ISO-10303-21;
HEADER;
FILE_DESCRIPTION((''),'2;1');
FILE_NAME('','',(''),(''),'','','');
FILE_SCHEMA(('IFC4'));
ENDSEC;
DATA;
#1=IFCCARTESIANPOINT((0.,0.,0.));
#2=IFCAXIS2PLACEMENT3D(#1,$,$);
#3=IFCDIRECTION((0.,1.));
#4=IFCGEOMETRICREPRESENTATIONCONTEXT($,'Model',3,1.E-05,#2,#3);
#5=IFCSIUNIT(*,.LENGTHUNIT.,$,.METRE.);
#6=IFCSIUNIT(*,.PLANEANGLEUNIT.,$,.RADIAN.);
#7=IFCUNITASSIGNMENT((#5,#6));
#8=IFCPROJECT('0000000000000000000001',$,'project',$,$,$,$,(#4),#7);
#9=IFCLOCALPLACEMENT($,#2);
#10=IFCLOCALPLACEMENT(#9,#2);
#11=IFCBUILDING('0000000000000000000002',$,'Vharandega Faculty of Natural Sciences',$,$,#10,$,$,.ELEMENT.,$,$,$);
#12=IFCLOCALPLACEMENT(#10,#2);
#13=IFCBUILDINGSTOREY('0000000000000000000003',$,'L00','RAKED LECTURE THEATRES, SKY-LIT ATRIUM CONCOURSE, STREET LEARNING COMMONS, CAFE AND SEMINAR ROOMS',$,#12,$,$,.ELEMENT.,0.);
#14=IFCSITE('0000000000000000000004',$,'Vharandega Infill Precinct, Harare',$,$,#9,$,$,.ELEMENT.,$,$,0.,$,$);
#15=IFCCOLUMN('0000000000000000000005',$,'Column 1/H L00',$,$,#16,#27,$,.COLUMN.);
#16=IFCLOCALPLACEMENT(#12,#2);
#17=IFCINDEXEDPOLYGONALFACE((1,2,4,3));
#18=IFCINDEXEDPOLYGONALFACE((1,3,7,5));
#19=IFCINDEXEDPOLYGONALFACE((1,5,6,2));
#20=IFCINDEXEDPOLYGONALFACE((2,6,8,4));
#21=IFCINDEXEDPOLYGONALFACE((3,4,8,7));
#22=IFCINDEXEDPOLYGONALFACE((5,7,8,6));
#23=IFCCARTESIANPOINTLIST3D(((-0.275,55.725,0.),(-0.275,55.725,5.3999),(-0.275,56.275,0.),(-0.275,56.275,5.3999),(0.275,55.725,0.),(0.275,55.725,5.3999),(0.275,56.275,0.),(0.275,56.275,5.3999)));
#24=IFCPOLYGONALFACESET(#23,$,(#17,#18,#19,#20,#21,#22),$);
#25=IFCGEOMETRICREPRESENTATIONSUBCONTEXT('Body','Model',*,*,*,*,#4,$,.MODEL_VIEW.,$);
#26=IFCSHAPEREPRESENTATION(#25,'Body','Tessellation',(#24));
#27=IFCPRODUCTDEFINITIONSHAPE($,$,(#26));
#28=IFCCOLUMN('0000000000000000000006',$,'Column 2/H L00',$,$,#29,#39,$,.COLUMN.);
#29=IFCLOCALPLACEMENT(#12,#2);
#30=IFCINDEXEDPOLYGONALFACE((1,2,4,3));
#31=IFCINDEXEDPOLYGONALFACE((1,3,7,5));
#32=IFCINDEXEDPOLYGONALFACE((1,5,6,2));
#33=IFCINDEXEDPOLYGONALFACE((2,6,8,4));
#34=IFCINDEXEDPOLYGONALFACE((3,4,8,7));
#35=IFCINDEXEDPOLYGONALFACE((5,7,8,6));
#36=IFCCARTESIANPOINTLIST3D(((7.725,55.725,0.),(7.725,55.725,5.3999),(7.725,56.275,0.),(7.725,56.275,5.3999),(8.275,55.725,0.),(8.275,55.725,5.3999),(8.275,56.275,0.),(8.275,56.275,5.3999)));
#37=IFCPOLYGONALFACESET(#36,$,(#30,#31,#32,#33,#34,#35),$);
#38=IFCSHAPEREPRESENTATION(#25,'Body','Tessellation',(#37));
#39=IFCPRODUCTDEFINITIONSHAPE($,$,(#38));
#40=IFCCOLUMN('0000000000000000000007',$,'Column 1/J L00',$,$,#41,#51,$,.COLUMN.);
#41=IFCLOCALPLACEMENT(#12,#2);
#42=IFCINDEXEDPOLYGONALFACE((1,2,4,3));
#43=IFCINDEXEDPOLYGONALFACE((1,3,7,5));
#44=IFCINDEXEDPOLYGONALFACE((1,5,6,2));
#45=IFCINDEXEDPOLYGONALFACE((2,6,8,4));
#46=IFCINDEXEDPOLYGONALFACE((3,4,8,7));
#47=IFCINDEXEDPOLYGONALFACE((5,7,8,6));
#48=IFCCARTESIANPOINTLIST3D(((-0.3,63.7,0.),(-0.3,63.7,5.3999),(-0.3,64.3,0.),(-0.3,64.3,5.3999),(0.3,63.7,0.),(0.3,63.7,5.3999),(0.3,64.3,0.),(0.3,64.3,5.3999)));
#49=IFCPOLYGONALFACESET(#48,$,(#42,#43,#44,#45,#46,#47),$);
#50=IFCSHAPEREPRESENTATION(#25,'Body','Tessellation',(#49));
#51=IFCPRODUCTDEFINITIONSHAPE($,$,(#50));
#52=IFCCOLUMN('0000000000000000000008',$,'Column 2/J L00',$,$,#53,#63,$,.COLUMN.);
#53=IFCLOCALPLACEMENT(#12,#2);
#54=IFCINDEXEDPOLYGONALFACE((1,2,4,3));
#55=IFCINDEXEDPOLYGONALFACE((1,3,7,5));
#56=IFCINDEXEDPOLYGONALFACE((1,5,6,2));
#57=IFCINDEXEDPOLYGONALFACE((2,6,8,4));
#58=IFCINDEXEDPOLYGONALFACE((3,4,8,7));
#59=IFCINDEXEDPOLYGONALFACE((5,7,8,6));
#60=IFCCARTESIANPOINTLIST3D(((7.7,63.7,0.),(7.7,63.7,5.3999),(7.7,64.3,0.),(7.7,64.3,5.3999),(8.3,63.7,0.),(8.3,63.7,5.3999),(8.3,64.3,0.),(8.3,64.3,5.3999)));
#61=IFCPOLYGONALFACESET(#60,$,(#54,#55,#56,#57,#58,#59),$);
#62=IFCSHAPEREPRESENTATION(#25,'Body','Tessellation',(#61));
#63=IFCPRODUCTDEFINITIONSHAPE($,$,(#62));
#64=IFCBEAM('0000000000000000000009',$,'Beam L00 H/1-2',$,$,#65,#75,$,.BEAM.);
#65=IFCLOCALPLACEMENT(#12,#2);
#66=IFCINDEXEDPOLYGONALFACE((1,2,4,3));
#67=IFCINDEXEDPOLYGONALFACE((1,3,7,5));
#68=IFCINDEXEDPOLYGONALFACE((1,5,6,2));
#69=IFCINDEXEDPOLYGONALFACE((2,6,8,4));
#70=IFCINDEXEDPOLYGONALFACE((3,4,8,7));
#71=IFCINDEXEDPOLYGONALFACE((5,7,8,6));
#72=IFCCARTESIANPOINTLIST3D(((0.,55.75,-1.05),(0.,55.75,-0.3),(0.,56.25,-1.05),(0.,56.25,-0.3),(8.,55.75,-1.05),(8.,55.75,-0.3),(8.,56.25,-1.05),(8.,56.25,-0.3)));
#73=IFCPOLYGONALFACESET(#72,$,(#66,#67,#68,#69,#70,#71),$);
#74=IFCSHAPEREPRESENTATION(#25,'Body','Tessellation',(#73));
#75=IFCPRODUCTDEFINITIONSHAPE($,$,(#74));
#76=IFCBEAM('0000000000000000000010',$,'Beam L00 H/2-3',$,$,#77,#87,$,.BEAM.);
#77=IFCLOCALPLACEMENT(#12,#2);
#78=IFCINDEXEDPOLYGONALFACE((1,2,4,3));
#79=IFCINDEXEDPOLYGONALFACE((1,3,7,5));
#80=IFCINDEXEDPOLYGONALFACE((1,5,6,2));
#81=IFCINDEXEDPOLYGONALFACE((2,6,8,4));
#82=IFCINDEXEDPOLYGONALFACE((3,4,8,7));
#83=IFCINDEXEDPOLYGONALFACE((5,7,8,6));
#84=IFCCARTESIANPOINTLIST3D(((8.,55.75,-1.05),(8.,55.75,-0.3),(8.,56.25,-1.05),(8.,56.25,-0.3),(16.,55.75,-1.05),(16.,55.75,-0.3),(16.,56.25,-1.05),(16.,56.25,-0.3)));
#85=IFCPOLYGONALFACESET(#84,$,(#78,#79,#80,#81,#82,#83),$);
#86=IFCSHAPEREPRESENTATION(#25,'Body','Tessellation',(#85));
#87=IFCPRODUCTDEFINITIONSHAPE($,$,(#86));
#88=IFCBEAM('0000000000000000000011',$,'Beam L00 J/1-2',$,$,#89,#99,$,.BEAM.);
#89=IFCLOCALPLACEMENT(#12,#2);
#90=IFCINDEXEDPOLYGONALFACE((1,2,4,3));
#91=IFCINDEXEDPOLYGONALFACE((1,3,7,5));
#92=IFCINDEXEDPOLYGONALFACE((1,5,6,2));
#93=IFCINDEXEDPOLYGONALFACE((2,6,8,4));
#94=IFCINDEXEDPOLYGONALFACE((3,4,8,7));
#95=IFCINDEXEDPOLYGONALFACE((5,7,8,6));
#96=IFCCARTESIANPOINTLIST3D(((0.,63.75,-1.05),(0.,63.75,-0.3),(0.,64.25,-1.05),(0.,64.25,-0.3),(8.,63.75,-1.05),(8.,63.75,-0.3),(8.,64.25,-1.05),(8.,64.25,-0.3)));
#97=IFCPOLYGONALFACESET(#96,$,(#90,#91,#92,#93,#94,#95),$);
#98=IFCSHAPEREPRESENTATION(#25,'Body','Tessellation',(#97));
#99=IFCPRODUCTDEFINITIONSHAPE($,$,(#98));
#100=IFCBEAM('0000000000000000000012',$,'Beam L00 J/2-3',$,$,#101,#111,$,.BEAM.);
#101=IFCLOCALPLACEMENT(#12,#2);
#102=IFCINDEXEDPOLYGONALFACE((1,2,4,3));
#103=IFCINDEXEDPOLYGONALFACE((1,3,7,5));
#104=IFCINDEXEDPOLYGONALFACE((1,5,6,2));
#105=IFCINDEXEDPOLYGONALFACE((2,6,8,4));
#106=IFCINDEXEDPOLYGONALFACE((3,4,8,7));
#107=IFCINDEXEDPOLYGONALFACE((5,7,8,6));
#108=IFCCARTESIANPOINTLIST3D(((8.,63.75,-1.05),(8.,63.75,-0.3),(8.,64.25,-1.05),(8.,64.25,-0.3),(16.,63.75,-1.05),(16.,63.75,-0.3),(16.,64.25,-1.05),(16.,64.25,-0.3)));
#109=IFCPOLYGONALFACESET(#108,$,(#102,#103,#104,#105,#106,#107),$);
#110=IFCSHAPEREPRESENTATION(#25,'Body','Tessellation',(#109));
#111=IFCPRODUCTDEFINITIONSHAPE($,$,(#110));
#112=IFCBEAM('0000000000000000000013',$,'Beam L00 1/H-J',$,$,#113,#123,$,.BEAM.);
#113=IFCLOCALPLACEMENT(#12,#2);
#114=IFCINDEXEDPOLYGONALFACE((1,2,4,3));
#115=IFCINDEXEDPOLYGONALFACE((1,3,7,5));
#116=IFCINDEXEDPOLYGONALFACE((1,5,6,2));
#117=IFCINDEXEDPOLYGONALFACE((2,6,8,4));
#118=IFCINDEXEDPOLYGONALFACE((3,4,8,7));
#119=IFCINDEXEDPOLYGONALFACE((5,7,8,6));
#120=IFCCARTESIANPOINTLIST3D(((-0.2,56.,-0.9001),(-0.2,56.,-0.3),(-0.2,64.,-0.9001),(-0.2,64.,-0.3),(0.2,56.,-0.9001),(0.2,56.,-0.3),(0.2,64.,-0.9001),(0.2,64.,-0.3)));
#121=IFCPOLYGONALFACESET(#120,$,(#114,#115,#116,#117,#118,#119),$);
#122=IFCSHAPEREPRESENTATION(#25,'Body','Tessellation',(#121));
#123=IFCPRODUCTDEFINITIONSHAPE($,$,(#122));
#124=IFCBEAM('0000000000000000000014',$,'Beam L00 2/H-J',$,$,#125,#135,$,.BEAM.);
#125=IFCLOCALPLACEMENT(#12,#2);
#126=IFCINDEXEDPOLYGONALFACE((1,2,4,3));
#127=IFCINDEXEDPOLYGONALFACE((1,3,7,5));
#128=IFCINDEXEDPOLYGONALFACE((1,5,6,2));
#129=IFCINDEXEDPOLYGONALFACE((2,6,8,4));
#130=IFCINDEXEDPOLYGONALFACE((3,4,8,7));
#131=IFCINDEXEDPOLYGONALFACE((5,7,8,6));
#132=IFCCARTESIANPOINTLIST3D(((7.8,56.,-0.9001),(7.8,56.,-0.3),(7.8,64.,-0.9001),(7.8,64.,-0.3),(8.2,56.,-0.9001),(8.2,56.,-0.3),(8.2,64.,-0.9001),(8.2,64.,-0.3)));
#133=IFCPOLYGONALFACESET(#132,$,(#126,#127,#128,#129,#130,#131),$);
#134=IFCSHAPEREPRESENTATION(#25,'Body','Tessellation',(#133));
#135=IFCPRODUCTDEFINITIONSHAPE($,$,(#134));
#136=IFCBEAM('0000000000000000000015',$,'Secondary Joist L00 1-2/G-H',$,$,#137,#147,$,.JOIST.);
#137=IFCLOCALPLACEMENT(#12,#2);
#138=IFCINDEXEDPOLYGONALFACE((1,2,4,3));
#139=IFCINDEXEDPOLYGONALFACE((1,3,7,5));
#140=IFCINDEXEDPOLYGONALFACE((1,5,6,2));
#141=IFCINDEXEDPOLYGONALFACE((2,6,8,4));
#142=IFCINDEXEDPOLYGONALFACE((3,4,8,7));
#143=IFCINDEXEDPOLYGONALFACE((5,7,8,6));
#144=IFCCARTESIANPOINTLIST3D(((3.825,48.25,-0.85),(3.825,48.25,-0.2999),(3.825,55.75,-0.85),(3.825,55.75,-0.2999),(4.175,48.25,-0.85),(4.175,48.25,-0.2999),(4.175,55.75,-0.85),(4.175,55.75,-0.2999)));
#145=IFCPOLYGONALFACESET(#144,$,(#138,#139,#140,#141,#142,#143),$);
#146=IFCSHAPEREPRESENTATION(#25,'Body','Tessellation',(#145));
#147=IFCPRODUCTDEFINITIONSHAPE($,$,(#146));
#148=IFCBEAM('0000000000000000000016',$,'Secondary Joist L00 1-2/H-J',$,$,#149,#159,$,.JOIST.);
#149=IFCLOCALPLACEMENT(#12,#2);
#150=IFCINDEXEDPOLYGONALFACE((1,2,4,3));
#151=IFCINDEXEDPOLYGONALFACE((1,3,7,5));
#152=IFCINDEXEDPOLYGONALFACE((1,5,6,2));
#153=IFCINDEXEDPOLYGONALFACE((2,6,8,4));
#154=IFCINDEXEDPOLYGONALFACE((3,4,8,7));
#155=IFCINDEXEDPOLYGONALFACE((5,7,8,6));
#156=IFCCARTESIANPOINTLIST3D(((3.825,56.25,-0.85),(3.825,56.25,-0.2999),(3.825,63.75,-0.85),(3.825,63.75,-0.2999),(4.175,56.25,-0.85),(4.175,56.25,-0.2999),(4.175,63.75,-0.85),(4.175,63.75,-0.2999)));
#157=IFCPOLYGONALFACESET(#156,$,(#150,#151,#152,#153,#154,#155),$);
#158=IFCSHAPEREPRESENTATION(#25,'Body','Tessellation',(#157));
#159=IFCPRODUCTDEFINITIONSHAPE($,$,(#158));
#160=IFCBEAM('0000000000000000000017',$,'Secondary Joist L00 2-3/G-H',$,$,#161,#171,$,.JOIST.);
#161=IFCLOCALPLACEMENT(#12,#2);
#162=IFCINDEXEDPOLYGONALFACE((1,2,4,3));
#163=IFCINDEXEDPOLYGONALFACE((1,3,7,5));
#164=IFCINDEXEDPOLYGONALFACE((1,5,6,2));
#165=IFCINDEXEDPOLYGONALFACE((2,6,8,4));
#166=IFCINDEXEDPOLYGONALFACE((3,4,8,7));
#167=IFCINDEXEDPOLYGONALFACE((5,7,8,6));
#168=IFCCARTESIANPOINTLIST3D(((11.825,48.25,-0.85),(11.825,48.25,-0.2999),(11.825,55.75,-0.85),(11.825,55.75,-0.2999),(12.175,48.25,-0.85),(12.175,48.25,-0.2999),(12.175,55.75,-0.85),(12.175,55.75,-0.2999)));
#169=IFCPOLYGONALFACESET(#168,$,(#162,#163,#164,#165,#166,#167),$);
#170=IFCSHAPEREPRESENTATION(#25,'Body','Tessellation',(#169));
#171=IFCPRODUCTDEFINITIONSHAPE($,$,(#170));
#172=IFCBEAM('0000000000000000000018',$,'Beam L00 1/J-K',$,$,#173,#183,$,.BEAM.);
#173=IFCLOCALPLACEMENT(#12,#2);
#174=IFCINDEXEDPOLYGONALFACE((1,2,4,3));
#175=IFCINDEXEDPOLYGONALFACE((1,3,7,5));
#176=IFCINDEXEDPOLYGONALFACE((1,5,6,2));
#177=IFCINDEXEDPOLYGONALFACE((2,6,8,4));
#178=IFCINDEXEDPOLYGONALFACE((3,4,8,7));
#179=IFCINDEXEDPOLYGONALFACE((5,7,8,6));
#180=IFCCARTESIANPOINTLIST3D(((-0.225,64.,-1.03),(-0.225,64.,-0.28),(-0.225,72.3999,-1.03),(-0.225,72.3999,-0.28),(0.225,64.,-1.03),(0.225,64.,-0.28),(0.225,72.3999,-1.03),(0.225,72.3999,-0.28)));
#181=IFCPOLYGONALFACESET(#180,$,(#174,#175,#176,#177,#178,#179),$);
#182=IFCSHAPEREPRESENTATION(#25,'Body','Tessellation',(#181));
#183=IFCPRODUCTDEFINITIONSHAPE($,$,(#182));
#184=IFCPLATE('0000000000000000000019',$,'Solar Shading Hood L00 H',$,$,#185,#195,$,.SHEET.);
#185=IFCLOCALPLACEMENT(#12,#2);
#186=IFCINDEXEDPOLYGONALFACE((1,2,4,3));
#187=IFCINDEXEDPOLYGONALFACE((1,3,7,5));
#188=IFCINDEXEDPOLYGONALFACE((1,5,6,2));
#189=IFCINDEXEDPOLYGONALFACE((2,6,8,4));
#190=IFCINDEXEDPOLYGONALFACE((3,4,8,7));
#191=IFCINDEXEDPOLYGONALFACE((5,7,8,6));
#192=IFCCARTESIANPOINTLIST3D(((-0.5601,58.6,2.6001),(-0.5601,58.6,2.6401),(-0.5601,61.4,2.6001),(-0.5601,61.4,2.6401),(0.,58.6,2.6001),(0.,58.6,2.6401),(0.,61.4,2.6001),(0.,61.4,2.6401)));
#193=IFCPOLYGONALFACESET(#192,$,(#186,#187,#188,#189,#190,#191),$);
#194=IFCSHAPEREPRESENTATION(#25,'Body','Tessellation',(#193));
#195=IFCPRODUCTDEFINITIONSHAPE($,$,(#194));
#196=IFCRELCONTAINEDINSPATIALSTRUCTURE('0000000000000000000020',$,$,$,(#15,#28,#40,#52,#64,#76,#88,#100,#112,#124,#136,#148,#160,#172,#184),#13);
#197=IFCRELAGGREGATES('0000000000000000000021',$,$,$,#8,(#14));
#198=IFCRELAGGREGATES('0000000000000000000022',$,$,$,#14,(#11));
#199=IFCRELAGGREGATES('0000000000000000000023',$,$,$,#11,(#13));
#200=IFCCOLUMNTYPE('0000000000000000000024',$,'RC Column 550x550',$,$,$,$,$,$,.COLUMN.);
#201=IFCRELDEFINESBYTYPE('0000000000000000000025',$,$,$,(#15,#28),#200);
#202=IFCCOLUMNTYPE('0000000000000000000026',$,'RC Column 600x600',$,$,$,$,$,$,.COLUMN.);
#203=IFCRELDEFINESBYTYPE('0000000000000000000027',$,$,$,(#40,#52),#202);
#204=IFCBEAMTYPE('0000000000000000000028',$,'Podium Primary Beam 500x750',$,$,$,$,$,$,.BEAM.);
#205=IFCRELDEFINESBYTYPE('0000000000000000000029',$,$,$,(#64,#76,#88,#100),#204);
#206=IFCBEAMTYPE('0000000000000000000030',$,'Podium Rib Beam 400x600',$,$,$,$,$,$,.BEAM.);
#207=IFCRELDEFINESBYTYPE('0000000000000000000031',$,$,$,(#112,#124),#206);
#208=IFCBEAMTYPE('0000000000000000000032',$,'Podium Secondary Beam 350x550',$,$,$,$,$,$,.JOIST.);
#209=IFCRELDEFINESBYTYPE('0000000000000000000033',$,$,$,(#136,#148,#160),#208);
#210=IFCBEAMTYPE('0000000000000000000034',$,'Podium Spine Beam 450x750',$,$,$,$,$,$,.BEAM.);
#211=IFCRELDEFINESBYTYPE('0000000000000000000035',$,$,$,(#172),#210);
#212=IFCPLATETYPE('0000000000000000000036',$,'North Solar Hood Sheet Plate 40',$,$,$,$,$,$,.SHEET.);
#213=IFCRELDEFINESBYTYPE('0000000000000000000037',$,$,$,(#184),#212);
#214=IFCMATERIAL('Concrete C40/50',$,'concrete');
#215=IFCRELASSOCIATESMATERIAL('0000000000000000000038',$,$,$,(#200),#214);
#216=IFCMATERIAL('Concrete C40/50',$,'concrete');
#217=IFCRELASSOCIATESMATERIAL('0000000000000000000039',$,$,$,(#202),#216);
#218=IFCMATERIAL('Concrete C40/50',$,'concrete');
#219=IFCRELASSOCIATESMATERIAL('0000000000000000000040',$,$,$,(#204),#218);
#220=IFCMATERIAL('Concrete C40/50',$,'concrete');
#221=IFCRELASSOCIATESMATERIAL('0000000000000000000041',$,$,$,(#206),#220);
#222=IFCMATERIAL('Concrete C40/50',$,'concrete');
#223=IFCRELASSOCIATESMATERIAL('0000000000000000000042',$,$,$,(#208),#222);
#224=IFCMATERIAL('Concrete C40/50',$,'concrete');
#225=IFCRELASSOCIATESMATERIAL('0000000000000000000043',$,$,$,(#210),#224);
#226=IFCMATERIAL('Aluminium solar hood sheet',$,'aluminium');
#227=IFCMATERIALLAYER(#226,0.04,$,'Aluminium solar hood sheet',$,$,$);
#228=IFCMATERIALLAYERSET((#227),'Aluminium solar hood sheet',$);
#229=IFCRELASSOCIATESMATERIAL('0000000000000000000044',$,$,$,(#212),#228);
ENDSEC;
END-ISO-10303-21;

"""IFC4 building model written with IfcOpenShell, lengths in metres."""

from ifc_helpers import new_model, si_unit, direction, frame, origin, origin_2d, place, context, subcontext, project, spatial, rectangle, extrude, material, layer, layer_set, material_profile, profile_set, type_object, element, save


model = new_model("IFC4")

# Units and contexts
model_context = context("Model", 3, precision=1e-05, world=origin(), true_north=direction((0.0, 1.0)))
body_context = subcontext(model_context, "Body", "Model", "MODEL_VIEW")
ifc_project = project(units=[si_unit("LENGTHUNIT", "METRE"), si_unit("PLANEANGLEUNIT", "RADIAN")], contexts=[model_context])

# Site, building, storey
site_placement = place(None, origin())
site = spatial("IfcSite", under=ifc_project, at=site_placement, Name="Vharandega Infill Precinct, Harare", CompositionType="ELEMENT", RefElevation=0.0)
building_placement = place(site_placement, origin())
building = spatial("IfcBuilding", under=site, at=building_placement, Name="Vharandega Faculty of Natural Sciences", CompositionType="ELEMENT")
storey_placement = place(building_placement, origin())
storey = spatial("IfcBuildingStorey", under=building, at=storey_placement, Name="L00", Description="RAKED LECTURE THEATRES, SKY-LIT ATRIUM CONCOURSE, STREET LEARNING COMMONS, CAFE AND SEMINAR ROOMS", CompositionType="ELEMENT", Elevation=0.0)

# Columns
ifc_material_1 = material(Name="Concrete C40/50", Category="concrete")
ifc_material_profile_1 = material_profile(ifc_material_1, rectangle(XDim=0.55, YDim=0.55, at=origin_2d()), Name="RC 550x550")
ifc_profile_set_1 = profile_set([ifc_material_profile_1], Name="Concrete C40/50")
column_type_1 = type_object("IfcColumnType", Name="RC Column 550x550", PredefinedType="COLUMN", material=ifc_profile_set_1)
for number, where, z_axis, x_axis, name in (
    (1, (0.0, 56.0, 0.0), (0.0, 0.0, 1.0), (1.0, 0.0, 0.0), "Column 1/H L00"),
    (2, (8.0, 56.0, 0.0), (0.0, 0.0, 1.0), (1.0, 0.0, 0.0), "Column 2/H L00"),
):
    element("IfcColumn", number, at=place(storey_placement, frame(where, z_axis=z_axis, x_axis=x_axis)), inside=storey, type_object=column_type_1, Name=name, PredefinedType="COLUMN", context=body_context, shape_type="SweptSolid", body=[
        extrude(rectangle(XDim=0.55, YDim=0.55, at=origin_2d()), origin(), (0.0, 0.0, 1.0), 5.3999),
    ])
ifc_material_2 = material(Name="Concrete C40/50", Category="concrete")
ifc_material_profile_2 = material_profile(ifc_material_2, rectangle(XDim=0.6001, YDim=0.6001, at=origin_2d()), Name="RC 600x600")
ifc_profile_set_2 = profile_set([ifc_material_profile_2], Name="Concrete C40/50")
column_type_2 = type_object("IfcColumnType", Name="RC Column 600x600", PredefinedType="COLUMN", material=ifc_profile_set_2)
for number, where, z_axis, x_axis, name in (
    (3, (0.0, 64.0, 0.0), (0.0, 0.0, 1.0), (1.0, 0.0, 0.0), "Column 1/J L00"),
    (4, (8.0, 64.0, 0.0), (0.0, 0.0, 1.0), (1.0, 0.0, 0.0), "Column 2/J L00"),
):
    element("IfcColumn", number, at=place(storey_placement, frame(where, z_axis=z_axis, x_axis=x_axis)), inside=storey, type_object=column_type_2, Name=name, PredefinedType="COLUMN", context=body_context, shape_type="SweptSolid", body=[
        extrude(rectangle(XDim=0.6001, YDim=0.6001, at=origin_2d()), origin(), (0.0, 0.0, 1.0), 5.3999),
    ])

# Beams
ifc_material_3 = material(Name="Concrete C40/50", Category="concrete")
ifc_material_profile_3 = material_profile(ifc_material_3, rectangle(XDim=0.5, YDim=0.75, at=origin_2d()), Name="RC 500x750")
ifc_profile_set_3 = profile_set([ifc_material_profile_3], Name="Concrete C40/50")
beam_type_1 = type_object("IfcBeamType", Name="Podium Primary Beam 500x750", PredefinedType="BEAM", material=ifc_profile_set_3)
for number, where, z_axis, x_axis, name in (
    (5, (0.0, 56.0, -0.675), (1.0, 0.0, 0.0), (0.0, 1.0, 0.0), "Beam L00 H/1-2"),
    (6, (8.0, 56.0, -0.675), (1.0, 0.0, 0.0), (0.0, 1.0, 0.0), "Beam L00 H/2-3"),
    (7, (0.0, 64.0, -0.675), (1.0, 0.0, 0.0), (0.0, 1.0, 0.0), "Beam L00 J/1-2"),
    (8, (8.0, 64.0, -0.675), (1.0, 0.0, 0.0), (0.0, 1.0, 0.0), "Beam L00 J/2-3"),
):
    element("IfcBeam", number, at=place(storey_placement, frame(where, z_axis=z_axis, x_axis=x_axis)), inside=storey, type_object=beam_type_1, Name=name, PredefinedType="BEAM", context=body_context, shape_type="SweptSolid", body=[
        extrude(rectangle(XDim=0.5, YDim=0.75, at=origin_2d()), origin(), (0.0, 0.0, 1.0), 8.0),
    ])
ifc_material_4 = material(Name="Concrete C40/50", Category="concrete")
ifc_material_profile_4 = material_profile(ifc_material_4, rectangle(XDim=0.3999, YDim=0.6001, at=origin_2d()), Name="RC 400x600")
ifc_profile_set_4 = profile_set([ifc_material_profile_4], Name="Concrete C40/50")
beam_type_2 = type_object("IfcBeamType", Name="Podium Rib Beam 400x600", PredefinedType="BEAM", material=ifc_profile_set_4)
for number, where, z_axis, x_axis, name in (
    (9, (0.0, 56.0, -0.6001), (0.0, 1.0, 0.0), (-1.0, 0.0, 0.0), "Beam L00 1/H-J"),
    (10, (8.0, 56.0, -0.6001), (0.0, 1.0, 0.0), (-1.0, 0.0, 0.0), "Beam L00 2/H-J"),
):
    element("IfcBeam", number, at=place(storey_placement, frame(where, z_axis=z_axis, x_axis=x_axis)), inside=storey, type_object=beam_type_2, Name=name, PredefinedType="BEAM", context=body_context, shape_type="SweptSolid", body=[
        extrude(rectangle(XDim=0.3999, YDim=0.6001, at=origin_2d()), origin(), (0.0, 0.0, 1.0), 8.0),
    ])
ifc_material_5 = material(Name="Concrete C40/50", Category="concrete")
ifc_material_profile_5 = material_profile(ifc_material_5, rectangle(XDim=0.3501, YDim=0.55, at=origin_2d()), Name="RC 350x550")
ifc_profile_set_5 = profile_set([ifc_material_profile_5], Name="Concrete C40/50")
beam_type_3 = type_object("IfcBeamType", Name="Podium Secondary Beam 350x550", PredefinedType="JOIST", material=ifc_profile_set_5)
for number, where, z_axis, x_axis, name in (
    (11, (4.0, 48.25, -0.575), (0.0, 1.0, 0.0), (-1.0, 0.0, 0.0), "Secondary Joist L00 1-2/G-H"),
    (12, (4.0, 56.25, -0.575), (0.0, 1.0, 0.0), (-1.0, 0.0, 0.0), "Secondary Joist L00 1-2/H-J"),
    (13, (12.0, 48.25, -0.575), (0.0, 1.0, 0.0), (-1.0, 0.0, 0.0), "Secondary Joist L00 2-3/G-H"),
):
    element("IfcBeam", number, at=place(storey_placement, frame(where, z_axis=z_axis, x_axis=x_axis)), inside=storey, type_object=beam_type_3, Name=name, PredefinedType="JOIST", context=body_context, shape_type="SweptSolid", body=[
        extrude(rectangle(XDim=0.3501, YDim=0.55, at=origin_2d()), origin(), (0.0, 0.0, 1.0), 7.5),
    ])
ifc_material_6 = material(Name="Concrete C40/50", Category="concrete")
ifc_material_profile_6 = material_profile(ifc_material_6, rectangle(XDim=0.45, YDim=0.75, at=origin_2d()), Name="RC 450x750")
ifc_profile_set_6 = profile_set([ifc_material_profile_6], Name="Concrete C40/50")
beam_type_4 = type_object("IfcBeamType", Name="Podium Spine Beam 450x750", PredefinedType="BEAM", material=ifc_profile_set_6)
beam_placement = place(storey_placement, frame((0.0, 64.0, -0.655), z_axis=(0.0, 1.0, 0.0), x_axis=(-1.0, 0.0, 0.0)))
element("IfcBeam", 14, at=beam_placement, inside=storey, type_object=beam_type_4, Name="Beam L00 1/J-K", PredefinedType="BEAM", context=body_context, shape_type="SweptSolid", body=[
    extrude(rectangle(XDim=0.45, YDim=0.75, at=origin_2d()), origin(), (0.0, 0.0, 1.0), 8.3999),
])

# Plate
ifc_material_7 = material(Name="Aluminium solar hood sheet", Category="aluminium")
ifc_layer_1 = layer(ifc_material_7, 0.04, Name="Aluminium solar hood sheet")
ifc_layer_set_1 = layer_set([ifc_layer_1], Name="Aluminium solar hood sheet")
plate_type = type_object("IfcPlateType", Name="North Solar Hood Sheet Plate 40", PredefinedType="SHEET", material=ifc_layer_set_1)
plate_placement = place(storey_placement, frame((-0.28, 60.0, 2.6001), z_axis=(0.0, 0.0, 1.0), x_axis=(1.0, 0.0, 0.0)))
element("IfcPlate", 15, at=plate_placement, inside=storey, type_object=plate_type, Name="Solar Shading Hood L00 H", PredefinedType="SHEET", context=body_context, shape_type="SweptSolid", body=[
    extrude(rectangle(XDim=0.5601, YDim=2.8, at=origin_2d()), origin(), (0.0, 0.0, 1.0), 0.04),
])

save(model, "model.ifc")
